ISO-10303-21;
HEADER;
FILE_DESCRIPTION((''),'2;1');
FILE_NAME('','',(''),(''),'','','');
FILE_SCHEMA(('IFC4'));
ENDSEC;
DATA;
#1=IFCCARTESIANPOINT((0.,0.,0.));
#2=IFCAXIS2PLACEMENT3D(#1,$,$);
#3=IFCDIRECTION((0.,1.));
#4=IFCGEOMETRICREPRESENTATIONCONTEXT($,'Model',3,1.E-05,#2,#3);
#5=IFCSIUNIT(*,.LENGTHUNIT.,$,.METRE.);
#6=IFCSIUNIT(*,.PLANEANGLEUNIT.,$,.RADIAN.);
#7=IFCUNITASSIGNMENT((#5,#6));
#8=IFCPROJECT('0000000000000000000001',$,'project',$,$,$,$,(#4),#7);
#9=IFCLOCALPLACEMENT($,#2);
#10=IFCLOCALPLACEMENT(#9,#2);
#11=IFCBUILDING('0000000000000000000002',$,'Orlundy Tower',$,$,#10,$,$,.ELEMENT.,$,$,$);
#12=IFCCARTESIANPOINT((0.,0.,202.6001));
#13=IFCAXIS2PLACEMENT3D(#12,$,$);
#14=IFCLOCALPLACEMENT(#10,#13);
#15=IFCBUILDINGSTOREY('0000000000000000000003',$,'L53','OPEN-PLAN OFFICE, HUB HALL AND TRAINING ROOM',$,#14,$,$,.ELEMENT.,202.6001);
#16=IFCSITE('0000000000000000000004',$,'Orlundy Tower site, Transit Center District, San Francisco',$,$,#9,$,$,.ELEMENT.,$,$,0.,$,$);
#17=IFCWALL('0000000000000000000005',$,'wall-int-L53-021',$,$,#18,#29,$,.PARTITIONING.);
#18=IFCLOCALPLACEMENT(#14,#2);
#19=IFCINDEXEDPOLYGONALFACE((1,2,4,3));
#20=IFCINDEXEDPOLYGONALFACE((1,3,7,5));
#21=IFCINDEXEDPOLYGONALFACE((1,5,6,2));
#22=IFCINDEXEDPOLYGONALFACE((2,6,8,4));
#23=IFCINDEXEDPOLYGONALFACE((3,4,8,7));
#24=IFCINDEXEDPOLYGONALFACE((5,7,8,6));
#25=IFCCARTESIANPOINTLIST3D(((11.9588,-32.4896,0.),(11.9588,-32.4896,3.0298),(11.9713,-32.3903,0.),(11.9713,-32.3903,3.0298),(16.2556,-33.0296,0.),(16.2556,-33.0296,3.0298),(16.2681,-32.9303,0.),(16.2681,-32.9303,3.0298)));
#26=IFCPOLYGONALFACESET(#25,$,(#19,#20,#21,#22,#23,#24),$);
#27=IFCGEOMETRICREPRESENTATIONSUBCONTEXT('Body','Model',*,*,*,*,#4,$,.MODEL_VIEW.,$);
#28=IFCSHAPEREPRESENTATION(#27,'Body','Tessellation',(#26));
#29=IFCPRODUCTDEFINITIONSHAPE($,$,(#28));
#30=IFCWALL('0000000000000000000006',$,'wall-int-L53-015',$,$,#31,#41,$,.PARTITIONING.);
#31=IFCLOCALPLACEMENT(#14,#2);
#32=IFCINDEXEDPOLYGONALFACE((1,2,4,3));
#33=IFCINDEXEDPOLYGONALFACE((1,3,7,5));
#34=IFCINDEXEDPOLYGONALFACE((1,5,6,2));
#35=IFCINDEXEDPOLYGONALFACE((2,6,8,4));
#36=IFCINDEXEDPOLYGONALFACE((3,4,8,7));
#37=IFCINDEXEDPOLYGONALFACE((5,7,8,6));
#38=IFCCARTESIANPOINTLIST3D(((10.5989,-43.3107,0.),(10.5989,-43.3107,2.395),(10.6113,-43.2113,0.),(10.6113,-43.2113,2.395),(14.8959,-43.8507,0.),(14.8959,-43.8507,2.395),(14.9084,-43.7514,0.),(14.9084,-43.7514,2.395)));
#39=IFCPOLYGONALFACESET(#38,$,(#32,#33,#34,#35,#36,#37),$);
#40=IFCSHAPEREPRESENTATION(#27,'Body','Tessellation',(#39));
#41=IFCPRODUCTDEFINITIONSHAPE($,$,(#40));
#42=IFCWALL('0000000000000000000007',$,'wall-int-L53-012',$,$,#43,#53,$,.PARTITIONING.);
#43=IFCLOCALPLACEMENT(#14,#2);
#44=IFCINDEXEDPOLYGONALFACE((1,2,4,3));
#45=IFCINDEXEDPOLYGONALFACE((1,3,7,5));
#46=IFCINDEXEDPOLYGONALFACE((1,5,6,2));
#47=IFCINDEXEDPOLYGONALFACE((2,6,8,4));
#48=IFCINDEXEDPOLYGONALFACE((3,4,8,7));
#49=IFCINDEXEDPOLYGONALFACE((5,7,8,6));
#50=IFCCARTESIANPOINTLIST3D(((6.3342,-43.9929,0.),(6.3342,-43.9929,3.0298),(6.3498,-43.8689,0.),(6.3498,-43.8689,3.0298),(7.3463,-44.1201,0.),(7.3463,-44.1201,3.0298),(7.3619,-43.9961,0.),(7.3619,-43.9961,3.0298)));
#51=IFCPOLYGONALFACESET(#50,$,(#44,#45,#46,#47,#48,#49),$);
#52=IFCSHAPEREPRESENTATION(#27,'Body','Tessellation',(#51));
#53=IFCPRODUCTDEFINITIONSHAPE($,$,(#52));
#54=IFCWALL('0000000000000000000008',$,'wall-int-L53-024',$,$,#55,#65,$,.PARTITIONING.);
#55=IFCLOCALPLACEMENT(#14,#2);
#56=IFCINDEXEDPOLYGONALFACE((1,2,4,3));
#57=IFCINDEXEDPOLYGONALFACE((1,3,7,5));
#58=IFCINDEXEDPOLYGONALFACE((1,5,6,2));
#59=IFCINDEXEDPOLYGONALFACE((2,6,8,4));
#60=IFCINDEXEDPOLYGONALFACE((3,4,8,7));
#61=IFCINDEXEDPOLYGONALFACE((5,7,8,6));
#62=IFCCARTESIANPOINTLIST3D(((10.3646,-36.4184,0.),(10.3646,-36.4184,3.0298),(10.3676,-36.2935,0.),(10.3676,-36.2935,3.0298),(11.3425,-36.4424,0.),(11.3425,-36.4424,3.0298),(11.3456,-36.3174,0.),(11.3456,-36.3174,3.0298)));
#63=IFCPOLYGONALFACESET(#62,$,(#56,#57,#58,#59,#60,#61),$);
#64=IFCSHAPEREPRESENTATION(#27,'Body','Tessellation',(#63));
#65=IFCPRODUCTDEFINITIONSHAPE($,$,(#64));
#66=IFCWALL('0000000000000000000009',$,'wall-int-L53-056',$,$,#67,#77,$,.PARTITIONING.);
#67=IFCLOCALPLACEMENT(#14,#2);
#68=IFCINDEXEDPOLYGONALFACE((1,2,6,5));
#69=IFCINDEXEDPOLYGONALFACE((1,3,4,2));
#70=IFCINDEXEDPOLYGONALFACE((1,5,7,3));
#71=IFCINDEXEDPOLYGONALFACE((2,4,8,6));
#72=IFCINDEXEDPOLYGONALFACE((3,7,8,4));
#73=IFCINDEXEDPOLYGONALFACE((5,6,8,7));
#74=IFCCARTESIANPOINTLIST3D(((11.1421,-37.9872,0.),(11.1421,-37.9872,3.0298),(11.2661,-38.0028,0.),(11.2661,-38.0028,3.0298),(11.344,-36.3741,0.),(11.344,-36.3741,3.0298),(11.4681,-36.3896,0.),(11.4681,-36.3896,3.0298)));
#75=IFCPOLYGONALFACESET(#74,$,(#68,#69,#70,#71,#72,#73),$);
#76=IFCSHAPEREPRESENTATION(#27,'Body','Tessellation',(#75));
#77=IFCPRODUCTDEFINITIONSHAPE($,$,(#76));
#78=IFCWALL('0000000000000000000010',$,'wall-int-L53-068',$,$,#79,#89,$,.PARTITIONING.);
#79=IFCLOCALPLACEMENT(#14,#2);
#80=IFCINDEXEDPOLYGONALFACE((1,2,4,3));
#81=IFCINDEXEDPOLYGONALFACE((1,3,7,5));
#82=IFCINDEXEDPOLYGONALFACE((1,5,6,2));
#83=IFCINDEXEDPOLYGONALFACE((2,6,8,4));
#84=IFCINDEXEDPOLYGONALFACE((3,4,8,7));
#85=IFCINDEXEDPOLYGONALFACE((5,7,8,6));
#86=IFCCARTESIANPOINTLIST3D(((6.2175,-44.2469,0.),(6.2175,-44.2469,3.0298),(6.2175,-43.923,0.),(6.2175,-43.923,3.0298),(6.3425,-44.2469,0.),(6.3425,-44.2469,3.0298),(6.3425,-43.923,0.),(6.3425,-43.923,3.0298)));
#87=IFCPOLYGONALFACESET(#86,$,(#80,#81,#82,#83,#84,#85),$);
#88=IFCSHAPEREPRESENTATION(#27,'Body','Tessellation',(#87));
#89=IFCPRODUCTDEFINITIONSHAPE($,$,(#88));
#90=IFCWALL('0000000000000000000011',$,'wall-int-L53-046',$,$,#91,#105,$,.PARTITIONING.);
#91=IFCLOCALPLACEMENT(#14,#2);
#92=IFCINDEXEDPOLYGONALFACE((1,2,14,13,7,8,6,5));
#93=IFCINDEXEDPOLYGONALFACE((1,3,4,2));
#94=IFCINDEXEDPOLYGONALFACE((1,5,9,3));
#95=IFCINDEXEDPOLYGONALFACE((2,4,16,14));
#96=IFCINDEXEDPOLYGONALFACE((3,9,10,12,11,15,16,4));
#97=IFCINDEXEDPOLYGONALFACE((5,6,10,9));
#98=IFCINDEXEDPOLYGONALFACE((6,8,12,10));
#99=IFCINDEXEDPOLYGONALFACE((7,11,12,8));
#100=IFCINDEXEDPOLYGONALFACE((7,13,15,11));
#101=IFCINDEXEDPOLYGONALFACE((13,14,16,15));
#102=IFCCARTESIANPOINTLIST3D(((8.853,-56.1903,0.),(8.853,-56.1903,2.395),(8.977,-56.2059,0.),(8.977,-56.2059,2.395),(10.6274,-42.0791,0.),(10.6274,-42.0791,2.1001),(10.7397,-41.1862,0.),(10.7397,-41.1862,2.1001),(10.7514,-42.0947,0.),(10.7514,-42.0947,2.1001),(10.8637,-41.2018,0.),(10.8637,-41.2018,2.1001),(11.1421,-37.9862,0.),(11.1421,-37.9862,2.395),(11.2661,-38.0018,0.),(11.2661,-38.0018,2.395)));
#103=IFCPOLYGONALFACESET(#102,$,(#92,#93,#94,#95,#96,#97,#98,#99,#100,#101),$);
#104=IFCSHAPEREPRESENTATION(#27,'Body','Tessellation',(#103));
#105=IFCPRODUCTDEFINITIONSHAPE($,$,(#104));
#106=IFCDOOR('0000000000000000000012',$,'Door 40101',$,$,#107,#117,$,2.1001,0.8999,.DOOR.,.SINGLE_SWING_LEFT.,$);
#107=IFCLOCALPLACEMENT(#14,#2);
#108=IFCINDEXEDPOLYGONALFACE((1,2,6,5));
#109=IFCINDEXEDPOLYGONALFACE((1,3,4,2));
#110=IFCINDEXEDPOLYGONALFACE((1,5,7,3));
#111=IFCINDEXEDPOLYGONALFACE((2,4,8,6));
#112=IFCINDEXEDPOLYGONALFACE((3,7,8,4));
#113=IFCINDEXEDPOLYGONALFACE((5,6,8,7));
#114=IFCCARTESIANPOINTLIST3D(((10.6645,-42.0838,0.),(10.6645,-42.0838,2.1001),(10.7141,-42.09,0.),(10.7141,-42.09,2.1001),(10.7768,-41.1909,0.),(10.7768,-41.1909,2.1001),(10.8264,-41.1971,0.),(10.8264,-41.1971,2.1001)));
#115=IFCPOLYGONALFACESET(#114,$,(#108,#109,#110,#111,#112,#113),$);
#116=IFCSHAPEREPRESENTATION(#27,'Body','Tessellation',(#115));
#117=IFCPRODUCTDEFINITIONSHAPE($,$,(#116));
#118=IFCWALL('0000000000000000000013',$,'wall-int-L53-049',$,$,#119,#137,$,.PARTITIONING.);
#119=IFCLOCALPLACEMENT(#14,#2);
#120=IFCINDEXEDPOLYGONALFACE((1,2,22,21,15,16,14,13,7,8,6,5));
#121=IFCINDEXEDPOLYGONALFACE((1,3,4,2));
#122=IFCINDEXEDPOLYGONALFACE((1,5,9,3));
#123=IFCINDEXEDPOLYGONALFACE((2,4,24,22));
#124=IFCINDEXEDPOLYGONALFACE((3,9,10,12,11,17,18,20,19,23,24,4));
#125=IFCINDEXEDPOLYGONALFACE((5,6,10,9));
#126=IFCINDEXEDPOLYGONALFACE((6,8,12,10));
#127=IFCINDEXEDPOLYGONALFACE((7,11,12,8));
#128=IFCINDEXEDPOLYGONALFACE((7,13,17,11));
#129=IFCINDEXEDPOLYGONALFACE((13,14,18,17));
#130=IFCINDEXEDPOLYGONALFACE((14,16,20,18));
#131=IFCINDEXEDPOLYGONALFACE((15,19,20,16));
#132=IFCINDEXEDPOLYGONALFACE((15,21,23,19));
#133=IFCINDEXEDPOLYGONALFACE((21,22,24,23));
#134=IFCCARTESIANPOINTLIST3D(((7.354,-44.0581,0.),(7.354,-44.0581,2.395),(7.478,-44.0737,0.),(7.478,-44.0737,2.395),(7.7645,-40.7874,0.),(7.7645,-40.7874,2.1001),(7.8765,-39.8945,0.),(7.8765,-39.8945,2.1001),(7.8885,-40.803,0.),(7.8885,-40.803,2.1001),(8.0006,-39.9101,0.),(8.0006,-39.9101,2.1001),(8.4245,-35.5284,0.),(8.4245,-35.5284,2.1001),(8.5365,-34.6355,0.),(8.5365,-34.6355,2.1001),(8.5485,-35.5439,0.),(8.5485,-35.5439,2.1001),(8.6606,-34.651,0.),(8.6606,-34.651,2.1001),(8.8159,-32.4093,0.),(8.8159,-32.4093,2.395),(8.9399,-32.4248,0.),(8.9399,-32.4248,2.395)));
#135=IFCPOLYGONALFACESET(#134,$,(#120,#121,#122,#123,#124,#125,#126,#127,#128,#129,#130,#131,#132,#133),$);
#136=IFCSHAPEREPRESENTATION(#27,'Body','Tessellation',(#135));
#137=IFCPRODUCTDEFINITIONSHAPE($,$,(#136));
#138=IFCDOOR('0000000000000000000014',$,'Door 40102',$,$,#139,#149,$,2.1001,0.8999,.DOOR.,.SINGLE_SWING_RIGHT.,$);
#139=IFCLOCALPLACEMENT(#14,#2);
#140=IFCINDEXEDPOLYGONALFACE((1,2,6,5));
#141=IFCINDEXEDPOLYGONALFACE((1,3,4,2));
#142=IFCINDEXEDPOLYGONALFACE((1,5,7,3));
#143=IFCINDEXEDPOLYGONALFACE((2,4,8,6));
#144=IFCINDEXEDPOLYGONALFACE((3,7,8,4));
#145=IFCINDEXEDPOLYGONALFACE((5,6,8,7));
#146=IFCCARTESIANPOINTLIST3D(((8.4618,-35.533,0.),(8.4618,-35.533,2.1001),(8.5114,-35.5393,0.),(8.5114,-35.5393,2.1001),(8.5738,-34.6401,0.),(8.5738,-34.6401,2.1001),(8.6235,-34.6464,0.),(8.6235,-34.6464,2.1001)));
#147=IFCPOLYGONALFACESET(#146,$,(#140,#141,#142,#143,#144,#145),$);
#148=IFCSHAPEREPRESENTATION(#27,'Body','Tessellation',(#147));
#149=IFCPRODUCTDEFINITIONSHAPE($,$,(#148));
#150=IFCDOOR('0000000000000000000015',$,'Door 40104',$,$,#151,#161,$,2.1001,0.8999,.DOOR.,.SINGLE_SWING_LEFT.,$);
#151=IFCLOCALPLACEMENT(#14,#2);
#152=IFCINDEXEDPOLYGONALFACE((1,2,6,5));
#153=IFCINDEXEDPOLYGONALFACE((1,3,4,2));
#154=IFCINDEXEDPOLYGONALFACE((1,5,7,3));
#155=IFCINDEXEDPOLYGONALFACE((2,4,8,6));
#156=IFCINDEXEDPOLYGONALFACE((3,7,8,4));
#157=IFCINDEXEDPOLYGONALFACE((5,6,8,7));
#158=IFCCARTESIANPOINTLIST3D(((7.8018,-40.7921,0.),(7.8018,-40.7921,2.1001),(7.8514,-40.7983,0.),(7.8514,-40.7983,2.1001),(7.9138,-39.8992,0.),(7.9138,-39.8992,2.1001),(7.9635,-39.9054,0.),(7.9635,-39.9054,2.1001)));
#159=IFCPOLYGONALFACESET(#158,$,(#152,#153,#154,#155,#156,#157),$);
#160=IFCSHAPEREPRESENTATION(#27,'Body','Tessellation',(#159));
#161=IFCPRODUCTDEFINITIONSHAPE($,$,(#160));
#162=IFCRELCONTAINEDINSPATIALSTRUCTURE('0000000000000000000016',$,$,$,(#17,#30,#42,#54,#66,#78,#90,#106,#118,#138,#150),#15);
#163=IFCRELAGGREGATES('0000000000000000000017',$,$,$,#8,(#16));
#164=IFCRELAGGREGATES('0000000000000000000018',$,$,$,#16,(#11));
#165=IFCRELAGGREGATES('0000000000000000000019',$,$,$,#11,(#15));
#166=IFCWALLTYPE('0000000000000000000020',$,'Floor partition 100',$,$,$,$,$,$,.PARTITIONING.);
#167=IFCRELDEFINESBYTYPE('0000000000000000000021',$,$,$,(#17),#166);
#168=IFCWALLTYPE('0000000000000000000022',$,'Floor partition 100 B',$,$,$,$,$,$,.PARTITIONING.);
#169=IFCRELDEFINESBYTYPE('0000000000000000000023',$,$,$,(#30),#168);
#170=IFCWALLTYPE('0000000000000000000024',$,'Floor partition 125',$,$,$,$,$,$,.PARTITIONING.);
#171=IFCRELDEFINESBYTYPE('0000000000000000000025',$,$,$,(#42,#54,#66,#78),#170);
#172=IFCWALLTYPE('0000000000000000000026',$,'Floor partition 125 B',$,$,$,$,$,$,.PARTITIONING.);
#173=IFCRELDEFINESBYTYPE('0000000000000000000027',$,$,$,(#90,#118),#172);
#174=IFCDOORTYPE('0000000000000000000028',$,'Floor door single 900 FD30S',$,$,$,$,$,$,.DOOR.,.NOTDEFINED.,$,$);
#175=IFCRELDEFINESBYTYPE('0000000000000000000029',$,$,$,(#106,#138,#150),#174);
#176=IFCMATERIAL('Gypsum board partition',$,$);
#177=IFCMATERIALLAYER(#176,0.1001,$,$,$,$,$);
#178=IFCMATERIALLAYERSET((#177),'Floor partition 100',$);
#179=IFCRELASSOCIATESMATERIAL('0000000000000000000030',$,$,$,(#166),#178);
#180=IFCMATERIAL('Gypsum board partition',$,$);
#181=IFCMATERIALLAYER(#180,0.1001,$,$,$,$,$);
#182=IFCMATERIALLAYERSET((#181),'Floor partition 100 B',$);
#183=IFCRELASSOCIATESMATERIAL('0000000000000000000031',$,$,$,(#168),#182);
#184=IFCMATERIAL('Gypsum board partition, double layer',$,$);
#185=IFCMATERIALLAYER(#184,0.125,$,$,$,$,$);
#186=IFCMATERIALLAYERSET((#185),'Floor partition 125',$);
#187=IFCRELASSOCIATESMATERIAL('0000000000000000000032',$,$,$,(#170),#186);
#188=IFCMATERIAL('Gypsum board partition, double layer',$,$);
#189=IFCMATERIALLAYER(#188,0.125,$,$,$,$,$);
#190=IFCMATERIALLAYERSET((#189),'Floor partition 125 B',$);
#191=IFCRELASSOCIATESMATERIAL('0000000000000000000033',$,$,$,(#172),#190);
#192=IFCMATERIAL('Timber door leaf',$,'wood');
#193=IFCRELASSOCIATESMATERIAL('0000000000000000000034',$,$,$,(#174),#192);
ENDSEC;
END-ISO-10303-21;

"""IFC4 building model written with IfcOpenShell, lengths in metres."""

from ifc_helpers import new_model, si_unit, direction, frame, frame_2d, origin, place, context, subcontext, project, spatial, rectangle, extrude, material, layer, layer_set, type_object, element, fill, save


model = new_model("IFC4")

# Units and contexts
model_context = context("Model", 3, precision=1e-05, world=origin(), true_north=direction((0.0, 1.0)))
body_context = subcontext(model_context, "Body", "Model", "MODEL_VIEW")
ifc_project = project(units=[si_unit("LENGTHUNIT", "METRE"), si_unit("PLANEANGLEUNIT", "RADIAN")], contexts=[model_context])

# Site, building, storey
site_placement = place(None, origin())
site = spatial("IfcSite", under=ifc_project, at=site_placement, Name="Orlundy Tower site, Transit Center District, San Francisco", CompositionType="ELEMENT", RefElevation=0.0)
building_placement = place(site_placement, origin())
building = spatial("IfcBuilding", under=site, at=building_placement, Name="Orlundy Tower", CompositionType="ELEMENT")
storey_placement = place(building_placement, frame((0.0, 0.0, 202.6001)))
storey = spatial("IfcBuildingStorey", under=building, at=storey_placement, Name="L53", Description="OPEN-PLAN OFFICE, HUB HALL AND TRAINING ROOM", CompositionType="ELEMENT", Elevation=202.6001)

# Walls
ifc_material_1 = material(Name="Gypsum board partition")
ifc_layer_1 = layer(ifc_material_1, 0.1001)
ifc_layer_set_1 = layer_set([ifc_layer_1], Name="Floor partition 100")
wall_type_1 = type_object("IfcWallType", Name="Floor partition 100", PredefinedType="PARTITIONING", material=ifc_layer_set_1)
for number, where, z_axis, x_axis, name in (
    (1, (11.9651, -32.4399, 0.0), (0.0, 0.0, 1.0), (0.992194, -0.124701, 0.0), "wall-int-L53-021"),
):
    element("IfcWall", number, at=place(storey_placement, frame(where, z_axis=z_axis, x_axis=x_axis)), inside=storey, type_object=wall_type_1, Name=name, PredefinedType="PARTITIONING", context=body_context, shape_type="SweptSolid", body=[
        extrude(rectangle(XDim=4.3306, YDim=0.1001, at=frame_2d((2.1653, 0.0))), origin(), (0.0, 0.0, 1.0), 3.0298),
    ])
ifc_material_2 = material(Name="Gypsum board partition")
ifc_layer_2 = layer(ifc_material_2, 0.1001)
ifc_layer_set_2 = layer_set([ifc_layer_2], Name="Floor partition 100 B")
wall_type_2 = type_object("IfcWallType", Name="Floor partition 100 B", PredefinedType="PARTITIONING", material=ifc_layer_set_2)
wall_1_placement = place(storey_placement, frame((10.605, -43.261, 0.0), z_axis=(0.0, 0.0, 1.0), x_axis=(0.992195, -0.124694, 0.0)))
element("IfcWall", 2, at=wall_1_placement, inside=storey, type_object=wall_type_2, Name="wall-int-L53-015", PredefinedType="PARTITIONING", context=body_context, shape_type="SweptSolid", body=[
    extrude(rectangle(XDim=4.3308, YDim=0.1001, at=frame_2d((2.1655, 0.0))), origin(), (0.0, 0.0, 1.0), 2.395),
])
ifc_material_3 = material(Name="Gypsum board partition, double layer")
ifc_layer_3 = layer(ifc_material_3, 0.125)
ifc_layer_set_3 = layer_set([ifc_layer_3], Name="Floor partition 125")
wall_type_3 = type_object("IfcWallType", Name="Floor partition 125", PredefinedType="PARTITIONING", material=ifc_layer_set_3)
wall_2_placement = place(storey_placement, frame((6.342, -43.9309, 0.0), z_axis=(0.0, 0.0, 1.0), x_axis=(0.992193, -0.124712, 0.0)))
element("IfcWall", 3, at=wall_2_placement, inside=storey, type_object=wall_type_3, Name="wall-int-L53-012", PredefinedType="PARTITIONING", context=body_context, shape_type="SweptSolid", body=[
    extrude(rectangle(XDim=1.02, YDim=0.125, at=frame_2d((0.51, 0.0))), origin(), (0.0, 0.0, 1.0), 3.0298),
])
wall_3_placement = place(storey_placement, frame((10.366, -36.356, 0.0), z_axis=(0.0, 0.0, 1.0), x_axis=(0.999701, -0.024456, 0.0)))
element("IfcWall", 4, at=wall_3_placement, inside=storey, type_object=wall_type_3, Name="wall-int-L53-024", PredefinedType="PARTITIONING", context=body_context, shape_type="SweptSolid", body=[
    extrude(rectangle(XDim=0.9783, YDim=0.125, at=frame_2d((0.4893, 0.0))), origin(), (0.0, 0.0, 1.0), 3.0298),
])
wall_4_placement = place(storey_placement, frame((11.2041, -37.9951, 0.0), z_axis=(0.0, 0.0, 1.0), x_axis=(0.124201, 0.992257, 0.0)))
element("IfcWall", 5, at=wall_4_placement, inside=storey, type_object=wall_type_3, Name="wall-int-L53-056", PredefinedType="PARTITIONING", context=body_context, shape_type="SweptSolid", body=[
    extrude(rectangle(XDim=1.6257, YDim=0.125, at=frame_2d((0.813, 0.0))), origin(), (0.0, 0.0, 1.0), 3.0298),
])
wall_5_placement = place(storey_placement, frame((6.28, -44.2471, 0.0), z_axis=(0.0, 0.0, 1.0), x_axis=(0.0, 1.0, 0.0)))
element("IfcWall", 6, at=wall_5_placement, inside=storey, type_object=wall_type_3, Name="wall-int-L53-068", PredefinedType="PARTITIONING", context=body_context, shape_type="SweptSolid", body=[
    extrude(rectangle(XDim=0.324, YDim=0.125, at=frame_2d((0.1621, 0.0))), origin(), (0.0, 0.0, 1.0), 3.0298),
])

# Wall, opening, door
ifc_material_4 = material(Name="Gypsum board partition, double layer")
ifc_layer_4 = layer(ifc_material_4, 0.125)
ifc_layer_set_4 = layer_set([ifc_layer_4], Name="Floor partition 125 B")
wall_type_4 = type_object("IfcWallType", Name="Floor partition 125 B", PredefinedType="PARTITIONING", material=ifc_layer_set_4)
wall_6_placement = place(storey_placement, frame((11.2041, -37.9939, 0.0), z_axis=(0.0, 0.0, 1.0), x_axis=(-0.124762, -0.992187, 0.0)))
wall_6 = element("IfcWall", 7, at=wall_6_placement, inside=storey, type_object=wall_type_4, Name="wall-int-L53-046", PredefinedType="PARTITIONING", context=body_context, shape_type="SweptSolid", body=[
    extrude(rectangle(XDim=18.3474, YDim=0.125, at=frame_2d((9.1738, 0.0))), origin(), (0.0, 0.0, 1.0), 2.395),
])
opening_1_placement = place(wall_6_placement, frame((3.2253, 0.0, 0.0)))
opening_1 = element("IfcOpeningElement", 8, at=opening_1_placement, cuts=wall_6, PredefinedType="OPENING", context=body_context, shape_type="SweptSolid", body=[
    extrude(rectangle(XDim=0.8999, YDim=2.1001, at=frame_2d((0.45, 1.05))), frame((0.0, 0.0725, 0.0), z_axis=(0.0, -1.0, 0.0), x_axis=(1.0, 0.0, 0.0)), (0.0, 0.0, 1.0), 0.145),
])
ifc_material_5 = material(Name="Timber door leaf", Category="wood")
door_type = type_object("IfcDoorType", Name="Floor door single 900 FD30S", OperationType="NOTDEFINED", PredefinedType="DOOR", material=ifc_material_5)
door_1_placement = place(opening_1_placement, origin())
door_1 = element("IfcDoor", 9, at=door_1_placement, inside=storey, type_object=door_type, Name="Door 40101", OperationType="SINGLE_SWING_LEFT", OverallHeight=2.1001, OverallWidth=0.8999, PredefinedType="DOOR", context=body_context, shape_type="SweptSolid", body=[
    extrude(rectangle(XDim=0.8999, YDim=2.1001, at=frame_2d((0.45, 1.05))), frame((0.0, 0.0249, 0.0), z_axis=(0.0, -1.0, 0.0), x_axis=(1.0, 0.0, 0.0)), (0.0, 0.0, 1.0), 0.05),
])
fill(opening_1, door_1)

# Wall, openings, doors
wall_7_placement = place(storey_placement, frame((7.416, -44.0659, 0.0), z_axis=(0.0, 0.0, 1.0), x_axis=(0.124521, 0.992217, 0.0)))
wall_7 = element("IfcWall", 10, at=wall_7_placement, inside=storey, type_object=wall_type_4, Name="wall-int-L53-049", PredefinedType="PARTITIONING", context=body_context, shape_type="SweptSolid", body=[
    extrude(rectangle(XDim=11.7402, YDim=0.125, at=frame_2d((5.8701, 0.0))), origin(), (0.0, 0.0, 1.0), 2.395),
])
opening_2_placement = place(wall_7_placement, frame((8.5967, 0.0, 0.0)))
opening_2 = element("IfcOpeningElement", 11, at=opening_2_placement, cuts=wall_7, PredefinedType="OPENING", context=body_context, shape_type="SweptSolid", body=[
    extrude(rectangle(XDim=0.8999, YDim=2.1001, at=frame_2d((0.45, 1.05))), frame((0.0, 0.0725, 0.0), z_axis=(0.0, -1.0, 0.0), x_axis=(1.0, 0.0, 0.0)), (0.0, 0.0, 1.0), 0.145),
])
opening_3_placement = place(wall_7_placement, frame((3.2964, 0.0, 0.0)))
opening_3 = element("IfcOpeningElement", 12, at=opening_3_placement, cuts=wall_7, PredefinedType="OPENING", context=body_context, shape_type="SweptSolid", body=[
    extrude(rectangle(XDim=0.8999, YDim=2.1001, at=frame_2d((0.45, 1.05))), frame((0.0, 0.0725, 0.0), z_axis=(0.0, -1.0, 0.0), x_axis=(1.0, 0.0, 0.0)), (0.0, 0.0, 1.0), 0.145),
])
door_2_placement = place(opening_2_placement, origin())
door_2 = element("IfcDoor", 13, at=door_2_placement, inside=storey, type_object=door_type, Name="Door 40102", OperationType="SINGLE_SWING_RIGHT", OverallHeight=2.1001, OverallWidth=0.8999, PredefinedType="DOOR", context=body_context, shape_type="SweptSolid", body=[
    extrude(rectangle(XDim=0.8999, YDim=2.1001, at=frame_2d((0.45, 1.05))), frame((0.0, 0.0249, 0.0), z_axis=(0.0, -1.0, 0.0), x_axis=(1.0, 0.0, 0.0)), (0.0, 0.0, 1.0), 0.05),
])
fill(opening_2, door_2)
door_3_placement = place(opening_3_placement, origin())
door_3 = element("IfcDoor", 14, at=door_3_placement, inside=storey, type_object=door_type, Name="Door 40104", OperationType="SINGLE_SWING_LEFT", OverallHeight=2.1001, OverallWidth=0.8999, PredefinedType="DOOR", context=body_context, shape_type="SweptSolid", body=[
    extrude(rectangle(XDim=0.8999, YDim=2.1001, at=frame_2d((0.45, 1.05))), frame((0.0, 0.0249, 0.0), z_axis=(0.0, -1.0, 0.0), x_axis=(1.0, 0.0, 0.0)), (0.0, 0.0, 1.0), 0.05),
])
fill(opening_3, door_3)

save(model, "model.ifc")
